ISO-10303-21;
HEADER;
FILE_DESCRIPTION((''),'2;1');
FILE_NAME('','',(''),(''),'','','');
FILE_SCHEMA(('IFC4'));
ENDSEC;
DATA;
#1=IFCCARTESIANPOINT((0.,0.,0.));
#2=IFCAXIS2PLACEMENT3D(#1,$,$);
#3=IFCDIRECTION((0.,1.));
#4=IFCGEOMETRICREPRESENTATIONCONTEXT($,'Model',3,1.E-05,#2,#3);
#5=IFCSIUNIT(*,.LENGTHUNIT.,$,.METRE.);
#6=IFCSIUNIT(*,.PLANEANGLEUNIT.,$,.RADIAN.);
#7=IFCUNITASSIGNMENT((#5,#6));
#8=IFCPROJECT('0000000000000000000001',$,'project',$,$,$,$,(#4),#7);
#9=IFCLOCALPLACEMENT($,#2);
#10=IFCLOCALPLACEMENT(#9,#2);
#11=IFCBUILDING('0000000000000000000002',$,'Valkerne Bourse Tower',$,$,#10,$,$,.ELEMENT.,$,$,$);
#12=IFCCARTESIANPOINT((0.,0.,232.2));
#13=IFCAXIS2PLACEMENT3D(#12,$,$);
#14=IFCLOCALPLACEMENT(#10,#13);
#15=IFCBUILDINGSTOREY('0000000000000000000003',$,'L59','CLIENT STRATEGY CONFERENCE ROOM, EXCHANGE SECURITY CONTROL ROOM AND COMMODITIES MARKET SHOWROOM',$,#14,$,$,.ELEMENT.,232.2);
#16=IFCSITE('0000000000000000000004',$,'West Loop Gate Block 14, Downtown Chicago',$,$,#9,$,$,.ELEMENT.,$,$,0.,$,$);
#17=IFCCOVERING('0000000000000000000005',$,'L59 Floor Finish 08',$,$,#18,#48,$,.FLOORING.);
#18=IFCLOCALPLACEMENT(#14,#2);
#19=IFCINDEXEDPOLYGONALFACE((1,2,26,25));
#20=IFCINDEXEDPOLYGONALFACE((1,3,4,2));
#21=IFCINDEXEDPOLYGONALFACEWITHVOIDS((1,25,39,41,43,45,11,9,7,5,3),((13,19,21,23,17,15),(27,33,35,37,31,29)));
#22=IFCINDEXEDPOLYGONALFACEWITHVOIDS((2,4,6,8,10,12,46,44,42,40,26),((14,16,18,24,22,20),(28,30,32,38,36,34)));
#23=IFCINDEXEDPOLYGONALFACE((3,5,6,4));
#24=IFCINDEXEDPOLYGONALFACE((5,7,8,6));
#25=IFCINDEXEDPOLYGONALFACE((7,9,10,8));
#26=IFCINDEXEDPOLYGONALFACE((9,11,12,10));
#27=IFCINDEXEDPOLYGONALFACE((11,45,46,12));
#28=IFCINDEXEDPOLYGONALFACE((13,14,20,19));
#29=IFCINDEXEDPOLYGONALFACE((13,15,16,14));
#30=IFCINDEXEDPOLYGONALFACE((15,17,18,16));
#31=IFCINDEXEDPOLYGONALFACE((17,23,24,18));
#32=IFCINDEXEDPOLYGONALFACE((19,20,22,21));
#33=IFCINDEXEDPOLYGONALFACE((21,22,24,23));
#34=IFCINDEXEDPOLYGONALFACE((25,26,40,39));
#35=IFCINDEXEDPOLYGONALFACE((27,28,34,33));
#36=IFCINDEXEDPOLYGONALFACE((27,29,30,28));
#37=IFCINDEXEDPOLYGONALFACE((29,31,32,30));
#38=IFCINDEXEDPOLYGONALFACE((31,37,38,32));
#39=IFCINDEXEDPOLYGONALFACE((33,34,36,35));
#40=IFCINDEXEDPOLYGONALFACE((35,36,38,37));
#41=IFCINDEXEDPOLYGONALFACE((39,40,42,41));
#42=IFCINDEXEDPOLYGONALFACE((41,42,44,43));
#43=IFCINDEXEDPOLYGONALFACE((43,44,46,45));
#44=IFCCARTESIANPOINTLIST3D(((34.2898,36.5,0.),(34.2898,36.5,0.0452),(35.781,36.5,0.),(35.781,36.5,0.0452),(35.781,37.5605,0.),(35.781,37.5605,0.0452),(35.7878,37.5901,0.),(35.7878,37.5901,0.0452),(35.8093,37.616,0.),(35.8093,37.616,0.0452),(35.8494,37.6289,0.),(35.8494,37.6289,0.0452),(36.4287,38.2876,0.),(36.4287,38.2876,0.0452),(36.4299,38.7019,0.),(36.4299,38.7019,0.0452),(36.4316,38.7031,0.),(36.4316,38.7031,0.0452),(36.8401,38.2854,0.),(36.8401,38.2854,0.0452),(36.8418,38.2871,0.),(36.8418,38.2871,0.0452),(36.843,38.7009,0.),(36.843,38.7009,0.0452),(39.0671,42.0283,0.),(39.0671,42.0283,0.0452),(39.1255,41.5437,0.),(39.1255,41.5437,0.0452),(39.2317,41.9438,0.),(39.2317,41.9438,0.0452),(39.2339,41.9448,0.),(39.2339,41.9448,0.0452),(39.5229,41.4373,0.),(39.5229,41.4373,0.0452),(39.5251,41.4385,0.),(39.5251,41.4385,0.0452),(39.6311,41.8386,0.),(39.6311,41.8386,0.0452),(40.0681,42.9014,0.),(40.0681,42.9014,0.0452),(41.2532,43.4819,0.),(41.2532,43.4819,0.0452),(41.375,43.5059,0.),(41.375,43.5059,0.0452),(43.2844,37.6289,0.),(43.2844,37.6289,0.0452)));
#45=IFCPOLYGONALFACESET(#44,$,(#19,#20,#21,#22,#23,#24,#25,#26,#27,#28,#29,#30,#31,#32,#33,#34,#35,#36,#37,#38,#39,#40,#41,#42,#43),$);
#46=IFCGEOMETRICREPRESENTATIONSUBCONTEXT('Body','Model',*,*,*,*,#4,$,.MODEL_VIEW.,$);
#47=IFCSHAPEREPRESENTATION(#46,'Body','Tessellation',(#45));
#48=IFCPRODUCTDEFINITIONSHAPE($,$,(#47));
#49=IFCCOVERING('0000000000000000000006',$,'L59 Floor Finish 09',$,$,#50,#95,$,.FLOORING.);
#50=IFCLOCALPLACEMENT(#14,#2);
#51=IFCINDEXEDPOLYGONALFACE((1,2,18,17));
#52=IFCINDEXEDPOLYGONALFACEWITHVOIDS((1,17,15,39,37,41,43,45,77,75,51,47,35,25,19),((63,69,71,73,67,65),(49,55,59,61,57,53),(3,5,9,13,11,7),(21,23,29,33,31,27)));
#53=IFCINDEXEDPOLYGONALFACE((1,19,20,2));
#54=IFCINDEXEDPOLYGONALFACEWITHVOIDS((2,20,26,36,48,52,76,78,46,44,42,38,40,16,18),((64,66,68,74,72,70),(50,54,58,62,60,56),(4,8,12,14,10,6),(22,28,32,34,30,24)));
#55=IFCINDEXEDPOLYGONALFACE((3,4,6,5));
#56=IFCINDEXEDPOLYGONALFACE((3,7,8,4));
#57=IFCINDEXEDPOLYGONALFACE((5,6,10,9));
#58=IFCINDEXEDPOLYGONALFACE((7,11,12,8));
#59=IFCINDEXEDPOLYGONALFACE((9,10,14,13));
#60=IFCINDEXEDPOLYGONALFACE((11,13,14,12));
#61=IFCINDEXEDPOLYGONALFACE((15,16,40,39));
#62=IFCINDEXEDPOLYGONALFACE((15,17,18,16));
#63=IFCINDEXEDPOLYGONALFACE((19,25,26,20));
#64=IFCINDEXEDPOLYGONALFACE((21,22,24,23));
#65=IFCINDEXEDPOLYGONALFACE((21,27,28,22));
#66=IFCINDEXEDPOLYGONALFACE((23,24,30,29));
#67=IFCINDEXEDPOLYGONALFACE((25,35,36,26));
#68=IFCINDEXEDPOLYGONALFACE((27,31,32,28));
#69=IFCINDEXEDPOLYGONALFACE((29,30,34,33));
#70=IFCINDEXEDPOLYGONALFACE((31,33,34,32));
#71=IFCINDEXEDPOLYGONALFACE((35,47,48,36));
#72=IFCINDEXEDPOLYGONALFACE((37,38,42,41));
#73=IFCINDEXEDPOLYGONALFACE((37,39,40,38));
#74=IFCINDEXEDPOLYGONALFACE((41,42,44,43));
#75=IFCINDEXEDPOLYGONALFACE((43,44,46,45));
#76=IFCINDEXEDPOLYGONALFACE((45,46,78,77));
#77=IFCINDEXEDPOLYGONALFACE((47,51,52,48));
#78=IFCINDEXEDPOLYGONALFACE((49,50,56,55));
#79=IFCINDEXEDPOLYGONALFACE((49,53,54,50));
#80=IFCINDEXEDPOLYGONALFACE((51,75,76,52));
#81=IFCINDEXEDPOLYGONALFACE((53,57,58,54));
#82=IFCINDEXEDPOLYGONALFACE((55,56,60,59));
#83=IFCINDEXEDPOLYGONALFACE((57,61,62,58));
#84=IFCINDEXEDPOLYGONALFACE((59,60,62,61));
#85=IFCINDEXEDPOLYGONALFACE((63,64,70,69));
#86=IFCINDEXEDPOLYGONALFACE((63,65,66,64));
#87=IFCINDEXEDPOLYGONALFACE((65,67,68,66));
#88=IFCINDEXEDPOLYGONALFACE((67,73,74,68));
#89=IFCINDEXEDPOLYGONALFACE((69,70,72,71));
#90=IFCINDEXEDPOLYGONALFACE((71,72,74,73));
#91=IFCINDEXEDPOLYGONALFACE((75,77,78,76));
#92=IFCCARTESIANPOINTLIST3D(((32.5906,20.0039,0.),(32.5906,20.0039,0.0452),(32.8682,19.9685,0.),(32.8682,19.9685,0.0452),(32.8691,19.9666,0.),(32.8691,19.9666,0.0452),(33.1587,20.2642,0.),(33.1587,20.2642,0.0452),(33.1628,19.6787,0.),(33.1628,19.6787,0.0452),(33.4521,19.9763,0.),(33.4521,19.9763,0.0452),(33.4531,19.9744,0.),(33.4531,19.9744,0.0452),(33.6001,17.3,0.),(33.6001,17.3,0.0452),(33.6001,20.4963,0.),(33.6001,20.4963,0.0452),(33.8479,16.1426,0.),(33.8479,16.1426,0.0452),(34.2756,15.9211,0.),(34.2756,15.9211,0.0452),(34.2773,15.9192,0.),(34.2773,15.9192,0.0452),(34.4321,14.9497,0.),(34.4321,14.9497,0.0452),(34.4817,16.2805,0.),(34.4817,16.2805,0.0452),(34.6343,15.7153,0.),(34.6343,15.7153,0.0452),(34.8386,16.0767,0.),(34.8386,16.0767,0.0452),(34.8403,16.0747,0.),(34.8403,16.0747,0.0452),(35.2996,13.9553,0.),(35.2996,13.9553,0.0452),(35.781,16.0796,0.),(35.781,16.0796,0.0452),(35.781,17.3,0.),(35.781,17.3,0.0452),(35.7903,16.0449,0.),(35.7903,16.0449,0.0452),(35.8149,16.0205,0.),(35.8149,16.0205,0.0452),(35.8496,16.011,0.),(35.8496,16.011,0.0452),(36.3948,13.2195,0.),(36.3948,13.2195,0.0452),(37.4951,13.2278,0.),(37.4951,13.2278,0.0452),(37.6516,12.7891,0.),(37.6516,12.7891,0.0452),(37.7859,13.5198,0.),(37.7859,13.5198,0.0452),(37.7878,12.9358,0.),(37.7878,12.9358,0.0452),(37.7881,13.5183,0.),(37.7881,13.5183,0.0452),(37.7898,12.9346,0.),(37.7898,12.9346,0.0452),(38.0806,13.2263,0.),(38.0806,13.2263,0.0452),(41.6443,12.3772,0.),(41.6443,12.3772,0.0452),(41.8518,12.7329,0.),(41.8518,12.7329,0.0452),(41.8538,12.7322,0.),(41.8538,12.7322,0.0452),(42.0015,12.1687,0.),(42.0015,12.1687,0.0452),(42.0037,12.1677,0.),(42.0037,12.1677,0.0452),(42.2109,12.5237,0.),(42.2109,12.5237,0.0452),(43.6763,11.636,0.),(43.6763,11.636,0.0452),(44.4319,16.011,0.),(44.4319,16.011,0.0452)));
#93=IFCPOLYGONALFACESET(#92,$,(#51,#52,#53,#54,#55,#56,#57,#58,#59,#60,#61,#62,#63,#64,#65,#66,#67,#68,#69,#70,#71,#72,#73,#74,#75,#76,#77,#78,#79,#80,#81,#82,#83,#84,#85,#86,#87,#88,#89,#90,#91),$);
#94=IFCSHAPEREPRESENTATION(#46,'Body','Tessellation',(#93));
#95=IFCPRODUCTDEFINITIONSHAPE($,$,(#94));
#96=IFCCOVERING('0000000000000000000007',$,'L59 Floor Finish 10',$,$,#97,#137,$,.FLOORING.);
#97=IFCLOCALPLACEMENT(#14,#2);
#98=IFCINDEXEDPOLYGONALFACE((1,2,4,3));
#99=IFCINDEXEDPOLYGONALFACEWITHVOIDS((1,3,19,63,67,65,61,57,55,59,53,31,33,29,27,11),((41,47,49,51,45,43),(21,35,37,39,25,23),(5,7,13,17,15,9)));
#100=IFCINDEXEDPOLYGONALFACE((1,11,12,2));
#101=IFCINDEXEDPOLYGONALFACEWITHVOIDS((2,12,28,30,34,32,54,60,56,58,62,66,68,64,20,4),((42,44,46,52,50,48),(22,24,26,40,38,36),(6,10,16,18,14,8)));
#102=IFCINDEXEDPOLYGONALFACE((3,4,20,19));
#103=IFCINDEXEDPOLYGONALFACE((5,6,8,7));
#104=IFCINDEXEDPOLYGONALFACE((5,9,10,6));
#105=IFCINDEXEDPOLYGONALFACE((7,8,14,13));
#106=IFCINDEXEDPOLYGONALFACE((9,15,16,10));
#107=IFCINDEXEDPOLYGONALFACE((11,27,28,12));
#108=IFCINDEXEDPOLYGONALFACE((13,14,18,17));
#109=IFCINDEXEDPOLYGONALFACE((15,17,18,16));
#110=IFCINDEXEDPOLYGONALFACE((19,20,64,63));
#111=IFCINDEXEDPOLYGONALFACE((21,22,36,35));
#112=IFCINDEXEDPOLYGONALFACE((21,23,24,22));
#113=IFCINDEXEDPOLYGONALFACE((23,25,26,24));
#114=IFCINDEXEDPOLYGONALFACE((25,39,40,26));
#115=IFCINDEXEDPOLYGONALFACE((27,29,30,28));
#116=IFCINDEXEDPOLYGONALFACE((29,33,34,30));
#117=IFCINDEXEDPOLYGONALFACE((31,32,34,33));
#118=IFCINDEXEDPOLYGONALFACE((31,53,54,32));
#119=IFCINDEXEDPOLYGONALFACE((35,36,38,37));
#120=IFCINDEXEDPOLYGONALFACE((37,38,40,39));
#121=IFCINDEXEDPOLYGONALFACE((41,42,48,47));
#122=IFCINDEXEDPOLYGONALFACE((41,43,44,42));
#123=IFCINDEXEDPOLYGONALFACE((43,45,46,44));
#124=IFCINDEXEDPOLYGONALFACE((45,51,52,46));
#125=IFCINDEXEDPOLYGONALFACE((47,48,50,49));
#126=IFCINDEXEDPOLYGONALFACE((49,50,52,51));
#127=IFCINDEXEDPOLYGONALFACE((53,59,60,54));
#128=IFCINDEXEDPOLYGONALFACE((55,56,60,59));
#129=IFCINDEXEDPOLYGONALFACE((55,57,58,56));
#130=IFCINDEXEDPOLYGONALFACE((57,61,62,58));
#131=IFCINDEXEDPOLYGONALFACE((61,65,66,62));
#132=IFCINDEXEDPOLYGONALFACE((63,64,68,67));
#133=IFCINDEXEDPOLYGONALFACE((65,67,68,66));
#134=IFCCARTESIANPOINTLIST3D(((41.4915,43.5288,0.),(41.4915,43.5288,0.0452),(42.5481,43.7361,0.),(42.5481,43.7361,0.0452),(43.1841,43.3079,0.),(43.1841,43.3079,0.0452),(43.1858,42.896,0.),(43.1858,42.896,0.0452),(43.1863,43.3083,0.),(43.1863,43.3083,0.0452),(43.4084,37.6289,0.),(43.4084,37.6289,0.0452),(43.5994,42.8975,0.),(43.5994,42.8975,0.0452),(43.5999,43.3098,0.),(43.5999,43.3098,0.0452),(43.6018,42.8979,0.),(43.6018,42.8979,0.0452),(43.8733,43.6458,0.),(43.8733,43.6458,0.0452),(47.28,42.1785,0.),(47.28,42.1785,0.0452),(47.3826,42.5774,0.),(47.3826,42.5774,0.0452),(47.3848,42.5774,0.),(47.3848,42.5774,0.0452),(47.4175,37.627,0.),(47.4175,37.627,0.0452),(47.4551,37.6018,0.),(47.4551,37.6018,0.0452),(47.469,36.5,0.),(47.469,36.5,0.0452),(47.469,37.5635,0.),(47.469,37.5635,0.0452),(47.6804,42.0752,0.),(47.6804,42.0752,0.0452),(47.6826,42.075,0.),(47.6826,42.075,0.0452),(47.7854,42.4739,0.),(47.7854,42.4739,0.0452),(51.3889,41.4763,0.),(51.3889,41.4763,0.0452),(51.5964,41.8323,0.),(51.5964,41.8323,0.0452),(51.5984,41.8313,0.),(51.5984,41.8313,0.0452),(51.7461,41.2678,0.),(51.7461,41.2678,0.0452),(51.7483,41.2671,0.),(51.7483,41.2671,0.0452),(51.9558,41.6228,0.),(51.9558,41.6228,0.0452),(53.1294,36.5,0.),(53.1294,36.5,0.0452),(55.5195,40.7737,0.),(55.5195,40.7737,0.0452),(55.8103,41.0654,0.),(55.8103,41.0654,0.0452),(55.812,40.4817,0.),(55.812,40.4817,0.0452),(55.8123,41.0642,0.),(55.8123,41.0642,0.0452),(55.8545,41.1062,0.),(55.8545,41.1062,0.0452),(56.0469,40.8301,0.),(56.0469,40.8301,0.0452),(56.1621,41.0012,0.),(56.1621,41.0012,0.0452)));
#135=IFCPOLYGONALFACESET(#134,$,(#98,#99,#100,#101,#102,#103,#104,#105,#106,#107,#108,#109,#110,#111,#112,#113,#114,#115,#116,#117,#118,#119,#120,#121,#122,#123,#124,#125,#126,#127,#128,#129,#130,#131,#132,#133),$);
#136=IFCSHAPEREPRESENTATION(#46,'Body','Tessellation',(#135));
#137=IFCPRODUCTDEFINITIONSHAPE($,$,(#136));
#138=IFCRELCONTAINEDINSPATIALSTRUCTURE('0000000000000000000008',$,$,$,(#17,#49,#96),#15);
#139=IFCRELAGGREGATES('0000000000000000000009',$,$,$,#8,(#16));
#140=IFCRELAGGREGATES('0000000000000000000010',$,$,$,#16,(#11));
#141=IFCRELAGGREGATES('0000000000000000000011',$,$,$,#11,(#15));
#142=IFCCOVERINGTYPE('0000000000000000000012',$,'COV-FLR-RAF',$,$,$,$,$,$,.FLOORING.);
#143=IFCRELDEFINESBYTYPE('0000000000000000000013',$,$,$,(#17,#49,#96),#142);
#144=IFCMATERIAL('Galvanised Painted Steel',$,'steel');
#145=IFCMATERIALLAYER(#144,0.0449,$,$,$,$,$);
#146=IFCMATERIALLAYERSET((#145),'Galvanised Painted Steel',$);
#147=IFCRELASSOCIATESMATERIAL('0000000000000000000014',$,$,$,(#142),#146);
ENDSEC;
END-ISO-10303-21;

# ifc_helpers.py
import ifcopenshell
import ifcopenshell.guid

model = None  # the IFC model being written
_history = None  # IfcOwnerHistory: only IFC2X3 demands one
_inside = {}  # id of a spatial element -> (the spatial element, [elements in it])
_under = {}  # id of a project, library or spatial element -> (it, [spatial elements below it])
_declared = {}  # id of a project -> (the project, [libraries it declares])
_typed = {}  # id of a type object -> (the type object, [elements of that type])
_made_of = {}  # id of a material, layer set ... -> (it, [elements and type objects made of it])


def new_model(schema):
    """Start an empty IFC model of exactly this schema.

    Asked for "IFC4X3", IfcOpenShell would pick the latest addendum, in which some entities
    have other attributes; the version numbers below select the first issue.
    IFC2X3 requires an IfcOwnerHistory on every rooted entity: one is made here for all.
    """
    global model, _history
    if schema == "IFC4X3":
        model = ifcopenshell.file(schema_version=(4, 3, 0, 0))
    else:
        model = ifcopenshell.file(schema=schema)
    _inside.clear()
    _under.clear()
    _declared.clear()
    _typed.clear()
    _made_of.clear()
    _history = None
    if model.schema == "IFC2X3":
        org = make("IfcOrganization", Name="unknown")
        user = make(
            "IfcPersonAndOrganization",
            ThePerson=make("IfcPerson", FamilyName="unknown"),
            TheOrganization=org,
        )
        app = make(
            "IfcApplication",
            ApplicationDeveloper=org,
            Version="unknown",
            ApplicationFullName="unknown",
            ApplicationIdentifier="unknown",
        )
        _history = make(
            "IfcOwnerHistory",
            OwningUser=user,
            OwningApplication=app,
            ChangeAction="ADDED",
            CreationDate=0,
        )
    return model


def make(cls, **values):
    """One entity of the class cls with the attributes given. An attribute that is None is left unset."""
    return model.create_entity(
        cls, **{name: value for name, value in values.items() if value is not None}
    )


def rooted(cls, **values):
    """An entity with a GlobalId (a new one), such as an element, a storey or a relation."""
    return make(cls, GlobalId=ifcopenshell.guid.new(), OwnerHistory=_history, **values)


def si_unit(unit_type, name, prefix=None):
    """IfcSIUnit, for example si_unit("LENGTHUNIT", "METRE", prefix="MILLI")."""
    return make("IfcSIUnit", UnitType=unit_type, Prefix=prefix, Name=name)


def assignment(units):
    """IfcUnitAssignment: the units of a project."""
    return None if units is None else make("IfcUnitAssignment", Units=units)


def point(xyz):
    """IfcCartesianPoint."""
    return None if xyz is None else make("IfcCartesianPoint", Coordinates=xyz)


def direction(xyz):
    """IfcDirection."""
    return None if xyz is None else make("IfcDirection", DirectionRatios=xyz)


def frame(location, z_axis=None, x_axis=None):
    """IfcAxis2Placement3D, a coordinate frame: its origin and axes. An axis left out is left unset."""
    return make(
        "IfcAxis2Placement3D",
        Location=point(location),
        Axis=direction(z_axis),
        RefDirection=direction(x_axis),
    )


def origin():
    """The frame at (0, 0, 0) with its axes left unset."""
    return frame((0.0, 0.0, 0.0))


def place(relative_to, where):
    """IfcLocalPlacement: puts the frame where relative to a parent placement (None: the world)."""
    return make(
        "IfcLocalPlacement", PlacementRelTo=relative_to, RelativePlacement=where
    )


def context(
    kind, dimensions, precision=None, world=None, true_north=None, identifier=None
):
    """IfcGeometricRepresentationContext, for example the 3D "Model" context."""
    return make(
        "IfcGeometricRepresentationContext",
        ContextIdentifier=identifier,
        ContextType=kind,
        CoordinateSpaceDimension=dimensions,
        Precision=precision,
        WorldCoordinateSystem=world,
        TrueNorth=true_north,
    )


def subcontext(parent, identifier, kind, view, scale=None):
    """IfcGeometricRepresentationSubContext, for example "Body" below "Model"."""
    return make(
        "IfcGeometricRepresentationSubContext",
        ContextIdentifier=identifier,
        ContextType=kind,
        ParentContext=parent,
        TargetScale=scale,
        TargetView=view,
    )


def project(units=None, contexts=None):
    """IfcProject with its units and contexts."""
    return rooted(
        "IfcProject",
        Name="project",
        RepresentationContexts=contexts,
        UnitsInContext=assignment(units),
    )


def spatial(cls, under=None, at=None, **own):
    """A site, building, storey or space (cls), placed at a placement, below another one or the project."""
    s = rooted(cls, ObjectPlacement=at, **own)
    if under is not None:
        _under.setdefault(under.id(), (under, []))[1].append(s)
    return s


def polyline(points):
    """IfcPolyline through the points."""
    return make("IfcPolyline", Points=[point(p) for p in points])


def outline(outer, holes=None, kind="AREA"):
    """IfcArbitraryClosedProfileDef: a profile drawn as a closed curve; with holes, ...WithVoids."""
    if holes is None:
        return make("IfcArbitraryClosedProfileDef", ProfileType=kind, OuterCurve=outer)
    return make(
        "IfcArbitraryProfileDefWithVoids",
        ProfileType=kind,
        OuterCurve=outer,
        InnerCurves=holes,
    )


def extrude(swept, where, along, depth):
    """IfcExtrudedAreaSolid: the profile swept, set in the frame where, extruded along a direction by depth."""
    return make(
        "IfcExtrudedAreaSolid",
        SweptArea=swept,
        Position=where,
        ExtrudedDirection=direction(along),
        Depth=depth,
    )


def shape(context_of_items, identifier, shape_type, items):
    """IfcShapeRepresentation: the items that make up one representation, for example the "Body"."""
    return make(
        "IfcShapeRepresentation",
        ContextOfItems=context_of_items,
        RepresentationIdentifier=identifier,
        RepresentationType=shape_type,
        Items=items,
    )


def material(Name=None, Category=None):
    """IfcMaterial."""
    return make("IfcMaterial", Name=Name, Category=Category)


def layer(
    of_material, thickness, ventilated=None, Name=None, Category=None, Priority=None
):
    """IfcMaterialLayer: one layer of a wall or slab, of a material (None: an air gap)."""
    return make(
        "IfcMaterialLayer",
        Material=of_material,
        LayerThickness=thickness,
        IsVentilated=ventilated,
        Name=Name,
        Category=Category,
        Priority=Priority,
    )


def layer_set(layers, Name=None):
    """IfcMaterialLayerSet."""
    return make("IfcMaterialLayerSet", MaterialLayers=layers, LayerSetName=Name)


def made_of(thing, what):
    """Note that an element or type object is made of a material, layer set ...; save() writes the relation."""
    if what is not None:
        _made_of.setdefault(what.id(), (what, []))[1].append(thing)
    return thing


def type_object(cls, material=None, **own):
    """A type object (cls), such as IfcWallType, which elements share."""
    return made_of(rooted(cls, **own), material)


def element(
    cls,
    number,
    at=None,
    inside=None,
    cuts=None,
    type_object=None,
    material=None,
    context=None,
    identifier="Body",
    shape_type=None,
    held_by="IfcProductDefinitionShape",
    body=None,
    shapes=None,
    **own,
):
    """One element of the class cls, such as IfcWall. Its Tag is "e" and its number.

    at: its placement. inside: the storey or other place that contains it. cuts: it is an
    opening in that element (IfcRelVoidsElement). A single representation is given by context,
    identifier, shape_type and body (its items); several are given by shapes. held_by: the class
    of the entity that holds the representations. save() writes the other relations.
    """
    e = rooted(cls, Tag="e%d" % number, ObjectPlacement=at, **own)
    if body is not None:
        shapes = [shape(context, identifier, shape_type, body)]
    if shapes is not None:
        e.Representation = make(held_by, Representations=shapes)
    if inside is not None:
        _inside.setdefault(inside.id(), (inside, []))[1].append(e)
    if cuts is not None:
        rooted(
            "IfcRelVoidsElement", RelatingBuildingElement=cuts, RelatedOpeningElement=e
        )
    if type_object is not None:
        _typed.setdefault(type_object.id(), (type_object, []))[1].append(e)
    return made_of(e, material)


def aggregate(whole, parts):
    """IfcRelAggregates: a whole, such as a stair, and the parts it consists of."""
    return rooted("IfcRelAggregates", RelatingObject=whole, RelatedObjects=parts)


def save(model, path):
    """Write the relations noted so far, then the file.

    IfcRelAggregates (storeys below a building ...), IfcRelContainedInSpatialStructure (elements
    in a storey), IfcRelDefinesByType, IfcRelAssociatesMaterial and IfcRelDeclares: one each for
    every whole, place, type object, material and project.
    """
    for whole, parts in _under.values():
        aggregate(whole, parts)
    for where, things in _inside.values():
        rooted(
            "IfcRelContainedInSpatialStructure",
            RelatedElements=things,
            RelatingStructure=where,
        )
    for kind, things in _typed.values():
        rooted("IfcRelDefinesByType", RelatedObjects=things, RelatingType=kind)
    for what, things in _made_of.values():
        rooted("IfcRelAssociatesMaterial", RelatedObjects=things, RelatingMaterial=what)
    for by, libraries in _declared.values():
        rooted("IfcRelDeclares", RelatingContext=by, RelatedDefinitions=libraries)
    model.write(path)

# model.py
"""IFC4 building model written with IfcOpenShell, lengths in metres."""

from ifc_helpers import new_model, si_unit, direction, frame, origin, place, context, subcontext, project, spatial, polyline, outline, extrude, material, layer, layer_set, type_object, element, save


model = new_model("IFC4")

# Units and contexts
model_context = context("Model", 3, precision=1e-05, world=origin(), true_north=direction((0.0, 1.0)))
body_context = subcontext(model_context, "Body", "Model", "MODEL_VIEW")
ifc_project = project(units=[si_unit("LENGTHUNIT", "METRE"), si_unit("PLANEANGLEUNIT", "RADIAN")], contexts=[model_context])

# Site, building, storey
site_placement = place(None, origin())
site = spatial("IfcSite", under=ifc_project, at=site_placement, Name="West Loop Gate Block 14, Downtown Chicago", CompositionType="ELEMENT", RefElevation=0.0)
building_placement = place(site_placement, origin())
building = spatial("IfcBuilding", under=site, at=building_placement, Name="Valkerne Bourse Tower", CompositionType="ELEMENT")
storey_placement = place(building_placement, frame((0.0, 0.0, 232.2)))
storey = spatial("IfcBuildingStorey", under=building, at=storey_placement, Name="L59", Description="CLIENT STRATEGY CONFERENCE ROOM, EXCHANGE SECURITY CONTROL ROOM AND COMMODITIES MARKET SHOWROOM", CompositionType="ELEMENT", Elevation=232.2)

# Coverings
ifc_material_1 = material(Name="Galvanised Painted Steel", Category="steel")
ifc_layer_1 = layer(ifc_material_1, 0.0449)
ifc_layer_set_1 = layer_set([ifc_layer_1], Name="Galvanised Painted Steel")
covering_type_1 = type_object("IfcCoveringType", Name="COV-FLR-RAF", PredefinedType="FLOORING", material=ifc_layer_set_1)
covering_1_placement = place(storey_placement, origin())
element("IfcCovering", 1, at=covering_1_placement, inside=storey, type_object=covering_type_1, Name="L59 Floor Finish 08", PredefinedType="FLOORING", context=body_context, shape_type="SweptSolid", body=[
    extrude(outline(polyline([(41.2532, 43.4819), (41.375, 43.5059), (43.2844, 37.6289), (35.8494, 37.6289), (35.8093, 37.616), (35.7878, 37.5901), (35.781, 37.5605), (35.781, 36.5), (34.2898, 36.5), (39.0671, 42.0283), (40.0681, 42.9014), (41.2532, 43.4819)]), holes=[polyline([(36.8418, 38.2871), (36.843, 38.7009), (36.4316, 38.7031), (36.4299, 38.7019), (36.4287, 38.2876), (36.8401, 38.2854), (36.8418, 38.2871)]), polyline([(39.5251, 41.4385), (39.6311, 41.8386), (39.2339, 41.9448), (39.2317, 41.9438), (39.1255, 41.5437), (39.5229, 41.4373), (39.5251, 41.4385)])]), origin(), (0.0, 0.0, 1.0), 0.0452),
])
covering_2_placement = place(storey_placement, origin())
element("IfcCovering", 2, at=covering_2_placement, inside=storey, type_object=covering_type_1, Name="L59 Floor Finish 09", PredefinedType="FLOORING", context=body_context, shape_type="SweptSolid", body=[
    extrude(outline(polyline([(35.2996, 13.9553), (34.4321, 14.9497), (33.8479, 16.1426), (32.5906, 20.0039), (33.6001, 20.4963), (33.6001, 17.3), (35.781, 17.3), (35.781, 16.0796), (35.7903, 16.0449), (35.8149, 16.0205), (35.8496, 16.011), (44.4319, 16.011), (43.6763, 11.636), (37.6516, 12.7891), (36.3948, 13.2195), (35.2996, 13.9553)]), holes=[polyline([(41.8538, 12.7322), (41.8518, 12.7329), (41.6443, 12.3772), (42.0015, 12.1687), (42.0037, 12.1677), (42.2109, 12.5237), (41.8538, 12.7322)]), polyline([(37.7881, 13.5183), (37.7859, 13.5198), (37.4951, 13.2278), (37.7878, 12.9358), (37.7898, 12.9346), (38.0806, 13.2263), (37.7881, 13.5183)]), polyline([(34.8386, 16.0767), (34.4817, 16.2805), (34.2756, 15.9211), (34.2773, 15.9192), (34.6343, 15.7153), (34.8403, 16.0747), (34.8386, 16.0767)]), polyline([(33.4521, 19.9763), (33.1587, 20.2642), (32.8682, 19.9685), (32.8691, 19.9666), (33.1628, 19.6787), (33.4531, 19.9744), (33.4521, 19.9763)])]), origin(), (0.0, 0.0, 1.0), 0.0452),
])
covering_3_placement = place(storey_placement, origin())
element("IfcCovering", 3, at=covering_3_placement, inside=storey, type_object=covering_type_1, Name="L59 Floor Finish 10", PredefinedType="FLOORING", context=body_context, shape_type="SweptSolid", body=[
    extrude(outline(polyline([(55.8545, 41.1062), (56.1621, 41.0012), (56.0469, 40.8301), (55.8123, 41.0642), (55.8103, 41.0654), (55.5195, 40.7737), (55.812, 40.4817), (55.812, 40.4817), (53.1294, 36.5), (47.469, 36.5), (47.469, 37.5635), (47.4551, 37.6018), (47.4175, 37.627), (43.4084, 37.6289), (41.4915, 43.5288), (42.5481, 43.7361), (43.8733, 43.6458), (55.8545, 41.1062)]), holes=[polyline([(43.6018, 42.8979), (43.5999, 43.3098), (43.1863, 43.3083), (43.1841, 43.3079), (43.1858, 42.896), (43.5994, 42.8975), (43.6018, 42.8979)]), polyline([(51.5984, 41.8313), (51.5964, 41.8323), (51.3889, 41.4763), (51.7461, 41.2678), (51.7483, 41.2671), (51.9558, 41.6228), (51.5984, 41.8313)]), polyline([(47.7854, 42.4739), (47.3848, 42.5774), (47.3826, 42.5774), (47.28, 42.1785), (47.6804, 42.0752), (47.6826, 42.075), (47.7854, 42.4739)])]), origin(), (0.0, 0.0, 1.0), 0.0452),
])

save(model, "model.ifc")
